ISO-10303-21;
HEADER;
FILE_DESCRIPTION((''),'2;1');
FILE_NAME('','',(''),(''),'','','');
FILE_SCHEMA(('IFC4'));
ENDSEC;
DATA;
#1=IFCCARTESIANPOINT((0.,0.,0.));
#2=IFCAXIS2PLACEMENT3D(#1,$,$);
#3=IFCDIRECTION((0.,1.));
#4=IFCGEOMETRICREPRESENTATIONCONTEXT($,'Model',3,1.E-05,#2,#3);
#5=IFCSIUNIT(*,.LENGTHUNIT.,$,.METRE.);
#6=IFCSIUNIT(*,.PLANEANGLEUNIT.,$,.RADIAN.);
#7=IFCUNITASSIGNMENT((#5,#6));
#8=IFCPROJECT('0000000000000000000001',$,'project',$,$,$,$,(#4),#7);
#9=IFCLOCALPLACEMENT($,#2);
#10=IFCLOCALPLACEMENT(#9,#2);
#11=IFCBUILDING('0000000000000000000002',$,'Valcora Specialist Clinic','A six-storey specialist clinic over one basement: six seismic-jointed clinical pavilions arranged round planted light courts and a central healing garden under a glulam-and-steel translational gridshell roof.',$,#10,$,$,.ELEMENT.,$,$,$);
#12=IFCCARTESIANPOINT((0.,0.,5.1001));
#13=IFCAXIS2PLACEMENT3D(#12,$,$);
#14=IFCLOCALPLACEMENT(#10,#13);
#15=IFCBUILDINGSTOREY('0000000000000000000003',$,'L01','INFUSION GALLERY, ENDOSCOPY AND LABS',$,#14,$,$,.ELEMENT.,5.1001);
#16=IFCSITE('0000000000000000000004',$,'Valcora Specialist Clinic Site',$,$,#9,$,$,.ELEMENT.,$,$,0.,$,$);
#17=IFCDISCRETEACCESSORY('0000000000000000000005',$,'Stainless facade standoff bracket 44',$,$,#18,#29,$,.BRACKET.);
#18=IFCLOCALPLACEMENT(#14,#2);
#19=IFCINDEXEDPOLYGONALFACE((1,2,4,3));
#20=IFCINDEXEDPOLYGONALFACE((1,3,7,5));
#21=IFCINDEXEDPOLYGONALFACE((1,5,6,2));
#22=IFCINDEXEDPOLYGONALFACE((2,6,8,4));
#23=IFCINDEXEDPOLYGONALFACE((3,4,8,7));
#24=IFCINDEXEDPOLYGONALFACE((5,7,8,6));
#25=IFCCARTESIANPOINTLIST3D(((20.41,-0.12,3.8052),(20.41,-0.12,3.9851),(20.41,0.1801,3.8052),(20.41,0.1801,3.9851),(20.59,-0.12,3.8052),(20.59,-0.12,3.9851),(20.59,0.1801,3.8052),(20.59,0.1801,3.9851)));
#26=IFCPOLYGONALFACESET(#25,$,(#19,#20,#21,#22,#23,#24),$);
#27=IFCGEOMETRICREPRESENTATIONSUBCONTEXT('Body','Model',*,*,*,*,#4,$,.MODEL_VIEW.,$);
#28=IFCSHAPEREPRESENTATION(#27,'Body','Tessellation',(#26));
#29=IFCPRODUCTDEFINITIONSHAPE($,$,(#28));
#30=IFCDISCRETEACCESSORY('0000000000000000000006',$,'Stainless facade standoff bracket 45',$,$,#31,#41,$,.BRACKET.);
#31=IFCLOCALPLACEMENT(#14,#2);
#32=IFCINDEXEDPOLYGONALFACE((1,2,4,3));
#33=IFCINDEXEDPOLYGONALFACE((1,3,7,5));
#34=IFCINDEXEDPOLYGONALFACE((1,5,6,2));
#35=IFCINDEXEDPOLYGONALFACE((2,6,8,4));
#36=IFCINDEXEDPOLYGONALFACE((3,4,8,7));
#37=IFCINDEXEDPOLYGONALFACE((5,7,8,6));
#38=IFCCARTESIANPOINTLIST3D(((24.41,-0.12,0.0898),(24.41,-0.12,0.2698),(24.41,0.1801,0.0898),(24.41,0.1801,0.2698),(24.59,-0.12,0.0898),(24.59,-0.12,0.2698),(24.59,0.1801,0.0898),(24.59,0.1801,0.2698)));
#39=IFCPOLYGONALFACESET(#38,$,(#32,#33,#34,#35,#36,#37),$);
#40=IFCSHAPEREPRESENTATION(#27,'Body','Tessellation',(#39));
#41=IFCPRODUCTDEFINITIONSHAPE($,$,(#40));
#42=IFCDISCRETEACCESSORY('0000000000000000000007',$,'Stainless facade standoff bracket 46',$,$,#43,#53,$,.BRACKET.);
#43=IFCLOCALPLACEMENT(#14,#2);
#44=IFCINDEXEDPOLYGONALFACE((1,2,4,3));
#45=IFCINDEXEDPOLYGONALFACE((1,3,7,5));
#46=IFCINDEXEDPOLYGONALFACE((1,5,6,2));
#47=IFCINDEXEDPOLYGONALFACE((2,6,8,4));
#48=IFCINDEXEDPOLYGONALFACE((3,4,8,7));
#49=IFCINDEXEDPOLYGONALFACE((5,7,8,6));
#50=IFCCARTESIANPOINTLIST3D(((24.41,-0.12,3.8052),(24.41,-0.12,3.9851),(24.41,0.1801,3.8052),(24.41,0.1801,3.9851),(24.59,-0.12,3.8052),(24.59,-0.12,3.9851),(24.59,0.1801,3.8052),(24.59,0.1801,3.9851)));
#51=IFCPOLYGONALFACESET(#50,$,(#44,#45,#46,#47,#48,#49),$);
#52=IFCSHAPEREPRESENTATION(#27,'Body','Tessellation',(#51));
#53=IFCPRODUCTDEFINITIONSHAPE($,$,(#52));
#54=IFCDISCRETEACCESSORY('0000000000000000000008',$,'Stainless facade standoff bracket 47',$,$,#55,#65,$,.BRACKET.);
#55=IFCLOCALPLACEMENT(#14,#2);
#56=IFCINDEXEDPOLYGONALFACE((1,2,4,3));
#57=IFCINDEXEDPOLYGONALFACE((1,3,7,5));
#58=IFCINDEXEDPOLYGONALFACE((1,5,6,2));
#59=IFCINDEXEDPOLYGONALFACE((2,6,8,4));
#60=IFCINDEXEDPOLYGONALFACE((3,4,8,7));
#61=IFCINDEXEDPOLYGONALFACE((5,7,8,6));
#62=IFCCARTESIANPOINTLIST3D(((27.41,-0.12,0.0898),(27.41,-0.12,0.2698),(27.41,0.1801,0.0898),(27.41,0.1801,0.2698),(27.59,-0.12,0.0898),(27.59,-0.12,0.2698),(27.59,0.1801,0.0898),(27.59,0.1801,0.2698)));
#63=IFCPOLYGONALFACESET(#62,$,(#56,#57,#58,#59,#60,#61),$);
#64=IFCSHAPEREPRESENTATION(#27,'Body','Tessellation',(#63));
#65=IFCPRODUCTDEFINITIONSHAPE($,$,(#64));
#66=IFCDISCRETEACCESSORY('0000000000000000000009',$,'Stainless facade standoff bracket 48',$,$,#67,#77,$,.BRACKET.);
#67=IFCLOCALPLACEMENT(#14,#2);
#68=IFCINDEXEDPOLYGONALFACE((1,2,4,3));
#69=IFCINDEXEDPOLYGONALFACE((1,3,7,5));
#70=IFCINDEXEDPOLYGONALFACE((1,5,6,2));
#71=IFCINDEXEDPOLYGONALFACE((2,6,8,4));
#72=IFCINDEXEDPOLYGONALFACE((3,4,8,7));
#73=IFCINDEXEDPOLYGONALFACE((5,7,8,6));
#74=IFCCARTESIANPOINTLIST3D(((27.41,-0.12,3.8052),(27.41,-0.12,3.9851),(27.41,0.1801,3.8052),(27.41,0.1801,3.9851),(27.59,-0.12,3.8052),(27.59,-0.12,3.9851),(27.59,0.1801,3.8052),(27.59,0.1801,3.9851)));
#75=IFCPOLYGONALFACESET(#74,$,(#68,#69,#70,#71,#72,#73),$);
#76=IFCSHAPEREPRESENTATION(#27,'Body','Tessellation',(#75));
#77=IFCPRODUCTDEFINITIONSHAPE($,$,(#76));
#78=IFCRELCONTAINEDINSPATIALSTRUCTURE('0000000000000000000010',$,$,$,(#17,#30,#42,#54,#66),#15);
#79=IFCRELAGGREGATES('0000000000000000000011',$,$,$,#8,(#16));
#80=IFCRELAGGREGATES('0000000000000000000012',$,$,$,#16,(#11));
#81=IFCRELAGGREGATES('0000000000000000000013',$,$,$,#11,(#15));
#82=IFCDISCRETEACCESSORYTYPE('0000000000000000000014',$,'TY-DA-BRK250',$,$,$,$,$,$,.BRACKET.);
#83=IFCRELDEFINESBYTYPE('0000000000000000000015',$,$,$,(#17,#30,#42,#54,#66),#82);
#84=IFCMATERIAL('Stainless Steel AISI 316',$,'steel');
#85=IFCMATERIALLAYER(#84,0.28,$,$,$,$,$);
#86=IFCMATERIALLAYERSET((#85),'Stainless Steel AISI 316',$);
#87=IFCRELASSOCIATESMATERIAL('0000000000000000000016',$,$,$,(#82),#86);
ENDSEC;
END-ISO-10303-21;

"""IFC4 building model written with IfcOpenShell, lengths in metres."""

from ifc_helpers import new_model, si_unit, direction, frame, origin, origin_2d, place, context, subcontext, project, spatial, rectangle, extrude, material, layer, layer_set, type_object, element, save


model = new_model("IFC4")

# Units and contexts
model_context = context("Model", 3, precision=1e-05, world=origin(), true_north=direction((0.0, 1.0)))
body_context = subcontext(model_context, "Body", "Model", "MODEL_VIEW")
ifc_project = project(units=[si_unit("LENGTHUNIT", "METRE"), si_unit("PLANEANGLEUNIT", "RADIAN")], contexts=[model_context])

# Site, building, storey
site_placement = place(None, origin())
site = spatial("IfcSite", under=ifc_project, at=site_placement, Name="Valcora Specialist Clinic Site", CompositionType="ELEMENT", RefElevation=0.0)
building_placement = place(site_placement, origin())
building = spatial("IfcBuilding", under=site, at=building_placement, Name="Valcora Specialist Clinic", Description="A six-storey specialist clinic over one basement: six seismic-jointed clinical pavilions arranged round planted light courts and a central healing garden under a glulam-and-steel translational gridshell roof.", CompositionType="ELEMENT")
storey_placement = place(building_placement, frame((0.0, 0.0, 5.1001)))
storey = spatial("IfcBuildingStorey", under=building, at=storey_placement, Name="L01", Description="INFUSION GALLERY, ENDOSCOPY AND LABS", CompositionType="ELEMENT", Elevation=5.1001)

# Shared definitions
ifc_material_1 = material(Name="Stainless Steel AISI 316", Category="steel")

# Discrete accessories
ifc_layer_1 = layer(ifc_material_1, 0.28)
ifc_layer_set_1 = layer_set([ifc_layer_1], Name="Stainless Steel AISI 316")
discrete_accessory_type = type_object("IfcDiscreteAccessoryType", Name="TY-DA-BRK250", PredefinedType="BRACKET", material=ifc_layer_set_1)
for number, where, z_axis, x_axis, name in (
    (1, (20.5, 0.03, 3.8052), (0.0, 0.0, 1.0), (1.0, 0.0, 0.0), "Stainless facade standoff bracket 44"),
    (2, (24.5, 0.03, 0.0898), (0.0, 0.0, 1.0), (1.0, 0.0, 0.0), "Stainless facade standoff bracket 45"),
    (3, (24.5, 0.03, 3.8052), (0.0, 0.0, 1.0), (1.0, 0.0, 0.0), "Stainless facade standoff bracket 46"),
    (4, (27.5, 0.03, 0.0898), (0.0, 0.0, 1.0), (1.0, 0.0, 0.0), "Stainless facade standoff bracket 47"),
    (5, (27.5, 0.03, 3.8052), (0.0, 0.0, 1.0), (1.0, 0.0, 0.0), "Stainless facade standoff bracket 48"),
):
    element("IfcDiscreteAccessory", number, at=place(storey_placement, frame(where, z_axis=z_axis, x_axis=x_axis)), inside=storey, type_object=discrete_accessory_type, Name=name, PredefinedType="BRACKET", context=body_context, shape_type="SweptSolid", body=[
        extrude(rectangle(XDim=0.1799, YDim=0.3, at=origin_2d()), origin(), (0.0, 0.0, 1.0), 0.1799),
    ])

save(model, "model.ifc")
